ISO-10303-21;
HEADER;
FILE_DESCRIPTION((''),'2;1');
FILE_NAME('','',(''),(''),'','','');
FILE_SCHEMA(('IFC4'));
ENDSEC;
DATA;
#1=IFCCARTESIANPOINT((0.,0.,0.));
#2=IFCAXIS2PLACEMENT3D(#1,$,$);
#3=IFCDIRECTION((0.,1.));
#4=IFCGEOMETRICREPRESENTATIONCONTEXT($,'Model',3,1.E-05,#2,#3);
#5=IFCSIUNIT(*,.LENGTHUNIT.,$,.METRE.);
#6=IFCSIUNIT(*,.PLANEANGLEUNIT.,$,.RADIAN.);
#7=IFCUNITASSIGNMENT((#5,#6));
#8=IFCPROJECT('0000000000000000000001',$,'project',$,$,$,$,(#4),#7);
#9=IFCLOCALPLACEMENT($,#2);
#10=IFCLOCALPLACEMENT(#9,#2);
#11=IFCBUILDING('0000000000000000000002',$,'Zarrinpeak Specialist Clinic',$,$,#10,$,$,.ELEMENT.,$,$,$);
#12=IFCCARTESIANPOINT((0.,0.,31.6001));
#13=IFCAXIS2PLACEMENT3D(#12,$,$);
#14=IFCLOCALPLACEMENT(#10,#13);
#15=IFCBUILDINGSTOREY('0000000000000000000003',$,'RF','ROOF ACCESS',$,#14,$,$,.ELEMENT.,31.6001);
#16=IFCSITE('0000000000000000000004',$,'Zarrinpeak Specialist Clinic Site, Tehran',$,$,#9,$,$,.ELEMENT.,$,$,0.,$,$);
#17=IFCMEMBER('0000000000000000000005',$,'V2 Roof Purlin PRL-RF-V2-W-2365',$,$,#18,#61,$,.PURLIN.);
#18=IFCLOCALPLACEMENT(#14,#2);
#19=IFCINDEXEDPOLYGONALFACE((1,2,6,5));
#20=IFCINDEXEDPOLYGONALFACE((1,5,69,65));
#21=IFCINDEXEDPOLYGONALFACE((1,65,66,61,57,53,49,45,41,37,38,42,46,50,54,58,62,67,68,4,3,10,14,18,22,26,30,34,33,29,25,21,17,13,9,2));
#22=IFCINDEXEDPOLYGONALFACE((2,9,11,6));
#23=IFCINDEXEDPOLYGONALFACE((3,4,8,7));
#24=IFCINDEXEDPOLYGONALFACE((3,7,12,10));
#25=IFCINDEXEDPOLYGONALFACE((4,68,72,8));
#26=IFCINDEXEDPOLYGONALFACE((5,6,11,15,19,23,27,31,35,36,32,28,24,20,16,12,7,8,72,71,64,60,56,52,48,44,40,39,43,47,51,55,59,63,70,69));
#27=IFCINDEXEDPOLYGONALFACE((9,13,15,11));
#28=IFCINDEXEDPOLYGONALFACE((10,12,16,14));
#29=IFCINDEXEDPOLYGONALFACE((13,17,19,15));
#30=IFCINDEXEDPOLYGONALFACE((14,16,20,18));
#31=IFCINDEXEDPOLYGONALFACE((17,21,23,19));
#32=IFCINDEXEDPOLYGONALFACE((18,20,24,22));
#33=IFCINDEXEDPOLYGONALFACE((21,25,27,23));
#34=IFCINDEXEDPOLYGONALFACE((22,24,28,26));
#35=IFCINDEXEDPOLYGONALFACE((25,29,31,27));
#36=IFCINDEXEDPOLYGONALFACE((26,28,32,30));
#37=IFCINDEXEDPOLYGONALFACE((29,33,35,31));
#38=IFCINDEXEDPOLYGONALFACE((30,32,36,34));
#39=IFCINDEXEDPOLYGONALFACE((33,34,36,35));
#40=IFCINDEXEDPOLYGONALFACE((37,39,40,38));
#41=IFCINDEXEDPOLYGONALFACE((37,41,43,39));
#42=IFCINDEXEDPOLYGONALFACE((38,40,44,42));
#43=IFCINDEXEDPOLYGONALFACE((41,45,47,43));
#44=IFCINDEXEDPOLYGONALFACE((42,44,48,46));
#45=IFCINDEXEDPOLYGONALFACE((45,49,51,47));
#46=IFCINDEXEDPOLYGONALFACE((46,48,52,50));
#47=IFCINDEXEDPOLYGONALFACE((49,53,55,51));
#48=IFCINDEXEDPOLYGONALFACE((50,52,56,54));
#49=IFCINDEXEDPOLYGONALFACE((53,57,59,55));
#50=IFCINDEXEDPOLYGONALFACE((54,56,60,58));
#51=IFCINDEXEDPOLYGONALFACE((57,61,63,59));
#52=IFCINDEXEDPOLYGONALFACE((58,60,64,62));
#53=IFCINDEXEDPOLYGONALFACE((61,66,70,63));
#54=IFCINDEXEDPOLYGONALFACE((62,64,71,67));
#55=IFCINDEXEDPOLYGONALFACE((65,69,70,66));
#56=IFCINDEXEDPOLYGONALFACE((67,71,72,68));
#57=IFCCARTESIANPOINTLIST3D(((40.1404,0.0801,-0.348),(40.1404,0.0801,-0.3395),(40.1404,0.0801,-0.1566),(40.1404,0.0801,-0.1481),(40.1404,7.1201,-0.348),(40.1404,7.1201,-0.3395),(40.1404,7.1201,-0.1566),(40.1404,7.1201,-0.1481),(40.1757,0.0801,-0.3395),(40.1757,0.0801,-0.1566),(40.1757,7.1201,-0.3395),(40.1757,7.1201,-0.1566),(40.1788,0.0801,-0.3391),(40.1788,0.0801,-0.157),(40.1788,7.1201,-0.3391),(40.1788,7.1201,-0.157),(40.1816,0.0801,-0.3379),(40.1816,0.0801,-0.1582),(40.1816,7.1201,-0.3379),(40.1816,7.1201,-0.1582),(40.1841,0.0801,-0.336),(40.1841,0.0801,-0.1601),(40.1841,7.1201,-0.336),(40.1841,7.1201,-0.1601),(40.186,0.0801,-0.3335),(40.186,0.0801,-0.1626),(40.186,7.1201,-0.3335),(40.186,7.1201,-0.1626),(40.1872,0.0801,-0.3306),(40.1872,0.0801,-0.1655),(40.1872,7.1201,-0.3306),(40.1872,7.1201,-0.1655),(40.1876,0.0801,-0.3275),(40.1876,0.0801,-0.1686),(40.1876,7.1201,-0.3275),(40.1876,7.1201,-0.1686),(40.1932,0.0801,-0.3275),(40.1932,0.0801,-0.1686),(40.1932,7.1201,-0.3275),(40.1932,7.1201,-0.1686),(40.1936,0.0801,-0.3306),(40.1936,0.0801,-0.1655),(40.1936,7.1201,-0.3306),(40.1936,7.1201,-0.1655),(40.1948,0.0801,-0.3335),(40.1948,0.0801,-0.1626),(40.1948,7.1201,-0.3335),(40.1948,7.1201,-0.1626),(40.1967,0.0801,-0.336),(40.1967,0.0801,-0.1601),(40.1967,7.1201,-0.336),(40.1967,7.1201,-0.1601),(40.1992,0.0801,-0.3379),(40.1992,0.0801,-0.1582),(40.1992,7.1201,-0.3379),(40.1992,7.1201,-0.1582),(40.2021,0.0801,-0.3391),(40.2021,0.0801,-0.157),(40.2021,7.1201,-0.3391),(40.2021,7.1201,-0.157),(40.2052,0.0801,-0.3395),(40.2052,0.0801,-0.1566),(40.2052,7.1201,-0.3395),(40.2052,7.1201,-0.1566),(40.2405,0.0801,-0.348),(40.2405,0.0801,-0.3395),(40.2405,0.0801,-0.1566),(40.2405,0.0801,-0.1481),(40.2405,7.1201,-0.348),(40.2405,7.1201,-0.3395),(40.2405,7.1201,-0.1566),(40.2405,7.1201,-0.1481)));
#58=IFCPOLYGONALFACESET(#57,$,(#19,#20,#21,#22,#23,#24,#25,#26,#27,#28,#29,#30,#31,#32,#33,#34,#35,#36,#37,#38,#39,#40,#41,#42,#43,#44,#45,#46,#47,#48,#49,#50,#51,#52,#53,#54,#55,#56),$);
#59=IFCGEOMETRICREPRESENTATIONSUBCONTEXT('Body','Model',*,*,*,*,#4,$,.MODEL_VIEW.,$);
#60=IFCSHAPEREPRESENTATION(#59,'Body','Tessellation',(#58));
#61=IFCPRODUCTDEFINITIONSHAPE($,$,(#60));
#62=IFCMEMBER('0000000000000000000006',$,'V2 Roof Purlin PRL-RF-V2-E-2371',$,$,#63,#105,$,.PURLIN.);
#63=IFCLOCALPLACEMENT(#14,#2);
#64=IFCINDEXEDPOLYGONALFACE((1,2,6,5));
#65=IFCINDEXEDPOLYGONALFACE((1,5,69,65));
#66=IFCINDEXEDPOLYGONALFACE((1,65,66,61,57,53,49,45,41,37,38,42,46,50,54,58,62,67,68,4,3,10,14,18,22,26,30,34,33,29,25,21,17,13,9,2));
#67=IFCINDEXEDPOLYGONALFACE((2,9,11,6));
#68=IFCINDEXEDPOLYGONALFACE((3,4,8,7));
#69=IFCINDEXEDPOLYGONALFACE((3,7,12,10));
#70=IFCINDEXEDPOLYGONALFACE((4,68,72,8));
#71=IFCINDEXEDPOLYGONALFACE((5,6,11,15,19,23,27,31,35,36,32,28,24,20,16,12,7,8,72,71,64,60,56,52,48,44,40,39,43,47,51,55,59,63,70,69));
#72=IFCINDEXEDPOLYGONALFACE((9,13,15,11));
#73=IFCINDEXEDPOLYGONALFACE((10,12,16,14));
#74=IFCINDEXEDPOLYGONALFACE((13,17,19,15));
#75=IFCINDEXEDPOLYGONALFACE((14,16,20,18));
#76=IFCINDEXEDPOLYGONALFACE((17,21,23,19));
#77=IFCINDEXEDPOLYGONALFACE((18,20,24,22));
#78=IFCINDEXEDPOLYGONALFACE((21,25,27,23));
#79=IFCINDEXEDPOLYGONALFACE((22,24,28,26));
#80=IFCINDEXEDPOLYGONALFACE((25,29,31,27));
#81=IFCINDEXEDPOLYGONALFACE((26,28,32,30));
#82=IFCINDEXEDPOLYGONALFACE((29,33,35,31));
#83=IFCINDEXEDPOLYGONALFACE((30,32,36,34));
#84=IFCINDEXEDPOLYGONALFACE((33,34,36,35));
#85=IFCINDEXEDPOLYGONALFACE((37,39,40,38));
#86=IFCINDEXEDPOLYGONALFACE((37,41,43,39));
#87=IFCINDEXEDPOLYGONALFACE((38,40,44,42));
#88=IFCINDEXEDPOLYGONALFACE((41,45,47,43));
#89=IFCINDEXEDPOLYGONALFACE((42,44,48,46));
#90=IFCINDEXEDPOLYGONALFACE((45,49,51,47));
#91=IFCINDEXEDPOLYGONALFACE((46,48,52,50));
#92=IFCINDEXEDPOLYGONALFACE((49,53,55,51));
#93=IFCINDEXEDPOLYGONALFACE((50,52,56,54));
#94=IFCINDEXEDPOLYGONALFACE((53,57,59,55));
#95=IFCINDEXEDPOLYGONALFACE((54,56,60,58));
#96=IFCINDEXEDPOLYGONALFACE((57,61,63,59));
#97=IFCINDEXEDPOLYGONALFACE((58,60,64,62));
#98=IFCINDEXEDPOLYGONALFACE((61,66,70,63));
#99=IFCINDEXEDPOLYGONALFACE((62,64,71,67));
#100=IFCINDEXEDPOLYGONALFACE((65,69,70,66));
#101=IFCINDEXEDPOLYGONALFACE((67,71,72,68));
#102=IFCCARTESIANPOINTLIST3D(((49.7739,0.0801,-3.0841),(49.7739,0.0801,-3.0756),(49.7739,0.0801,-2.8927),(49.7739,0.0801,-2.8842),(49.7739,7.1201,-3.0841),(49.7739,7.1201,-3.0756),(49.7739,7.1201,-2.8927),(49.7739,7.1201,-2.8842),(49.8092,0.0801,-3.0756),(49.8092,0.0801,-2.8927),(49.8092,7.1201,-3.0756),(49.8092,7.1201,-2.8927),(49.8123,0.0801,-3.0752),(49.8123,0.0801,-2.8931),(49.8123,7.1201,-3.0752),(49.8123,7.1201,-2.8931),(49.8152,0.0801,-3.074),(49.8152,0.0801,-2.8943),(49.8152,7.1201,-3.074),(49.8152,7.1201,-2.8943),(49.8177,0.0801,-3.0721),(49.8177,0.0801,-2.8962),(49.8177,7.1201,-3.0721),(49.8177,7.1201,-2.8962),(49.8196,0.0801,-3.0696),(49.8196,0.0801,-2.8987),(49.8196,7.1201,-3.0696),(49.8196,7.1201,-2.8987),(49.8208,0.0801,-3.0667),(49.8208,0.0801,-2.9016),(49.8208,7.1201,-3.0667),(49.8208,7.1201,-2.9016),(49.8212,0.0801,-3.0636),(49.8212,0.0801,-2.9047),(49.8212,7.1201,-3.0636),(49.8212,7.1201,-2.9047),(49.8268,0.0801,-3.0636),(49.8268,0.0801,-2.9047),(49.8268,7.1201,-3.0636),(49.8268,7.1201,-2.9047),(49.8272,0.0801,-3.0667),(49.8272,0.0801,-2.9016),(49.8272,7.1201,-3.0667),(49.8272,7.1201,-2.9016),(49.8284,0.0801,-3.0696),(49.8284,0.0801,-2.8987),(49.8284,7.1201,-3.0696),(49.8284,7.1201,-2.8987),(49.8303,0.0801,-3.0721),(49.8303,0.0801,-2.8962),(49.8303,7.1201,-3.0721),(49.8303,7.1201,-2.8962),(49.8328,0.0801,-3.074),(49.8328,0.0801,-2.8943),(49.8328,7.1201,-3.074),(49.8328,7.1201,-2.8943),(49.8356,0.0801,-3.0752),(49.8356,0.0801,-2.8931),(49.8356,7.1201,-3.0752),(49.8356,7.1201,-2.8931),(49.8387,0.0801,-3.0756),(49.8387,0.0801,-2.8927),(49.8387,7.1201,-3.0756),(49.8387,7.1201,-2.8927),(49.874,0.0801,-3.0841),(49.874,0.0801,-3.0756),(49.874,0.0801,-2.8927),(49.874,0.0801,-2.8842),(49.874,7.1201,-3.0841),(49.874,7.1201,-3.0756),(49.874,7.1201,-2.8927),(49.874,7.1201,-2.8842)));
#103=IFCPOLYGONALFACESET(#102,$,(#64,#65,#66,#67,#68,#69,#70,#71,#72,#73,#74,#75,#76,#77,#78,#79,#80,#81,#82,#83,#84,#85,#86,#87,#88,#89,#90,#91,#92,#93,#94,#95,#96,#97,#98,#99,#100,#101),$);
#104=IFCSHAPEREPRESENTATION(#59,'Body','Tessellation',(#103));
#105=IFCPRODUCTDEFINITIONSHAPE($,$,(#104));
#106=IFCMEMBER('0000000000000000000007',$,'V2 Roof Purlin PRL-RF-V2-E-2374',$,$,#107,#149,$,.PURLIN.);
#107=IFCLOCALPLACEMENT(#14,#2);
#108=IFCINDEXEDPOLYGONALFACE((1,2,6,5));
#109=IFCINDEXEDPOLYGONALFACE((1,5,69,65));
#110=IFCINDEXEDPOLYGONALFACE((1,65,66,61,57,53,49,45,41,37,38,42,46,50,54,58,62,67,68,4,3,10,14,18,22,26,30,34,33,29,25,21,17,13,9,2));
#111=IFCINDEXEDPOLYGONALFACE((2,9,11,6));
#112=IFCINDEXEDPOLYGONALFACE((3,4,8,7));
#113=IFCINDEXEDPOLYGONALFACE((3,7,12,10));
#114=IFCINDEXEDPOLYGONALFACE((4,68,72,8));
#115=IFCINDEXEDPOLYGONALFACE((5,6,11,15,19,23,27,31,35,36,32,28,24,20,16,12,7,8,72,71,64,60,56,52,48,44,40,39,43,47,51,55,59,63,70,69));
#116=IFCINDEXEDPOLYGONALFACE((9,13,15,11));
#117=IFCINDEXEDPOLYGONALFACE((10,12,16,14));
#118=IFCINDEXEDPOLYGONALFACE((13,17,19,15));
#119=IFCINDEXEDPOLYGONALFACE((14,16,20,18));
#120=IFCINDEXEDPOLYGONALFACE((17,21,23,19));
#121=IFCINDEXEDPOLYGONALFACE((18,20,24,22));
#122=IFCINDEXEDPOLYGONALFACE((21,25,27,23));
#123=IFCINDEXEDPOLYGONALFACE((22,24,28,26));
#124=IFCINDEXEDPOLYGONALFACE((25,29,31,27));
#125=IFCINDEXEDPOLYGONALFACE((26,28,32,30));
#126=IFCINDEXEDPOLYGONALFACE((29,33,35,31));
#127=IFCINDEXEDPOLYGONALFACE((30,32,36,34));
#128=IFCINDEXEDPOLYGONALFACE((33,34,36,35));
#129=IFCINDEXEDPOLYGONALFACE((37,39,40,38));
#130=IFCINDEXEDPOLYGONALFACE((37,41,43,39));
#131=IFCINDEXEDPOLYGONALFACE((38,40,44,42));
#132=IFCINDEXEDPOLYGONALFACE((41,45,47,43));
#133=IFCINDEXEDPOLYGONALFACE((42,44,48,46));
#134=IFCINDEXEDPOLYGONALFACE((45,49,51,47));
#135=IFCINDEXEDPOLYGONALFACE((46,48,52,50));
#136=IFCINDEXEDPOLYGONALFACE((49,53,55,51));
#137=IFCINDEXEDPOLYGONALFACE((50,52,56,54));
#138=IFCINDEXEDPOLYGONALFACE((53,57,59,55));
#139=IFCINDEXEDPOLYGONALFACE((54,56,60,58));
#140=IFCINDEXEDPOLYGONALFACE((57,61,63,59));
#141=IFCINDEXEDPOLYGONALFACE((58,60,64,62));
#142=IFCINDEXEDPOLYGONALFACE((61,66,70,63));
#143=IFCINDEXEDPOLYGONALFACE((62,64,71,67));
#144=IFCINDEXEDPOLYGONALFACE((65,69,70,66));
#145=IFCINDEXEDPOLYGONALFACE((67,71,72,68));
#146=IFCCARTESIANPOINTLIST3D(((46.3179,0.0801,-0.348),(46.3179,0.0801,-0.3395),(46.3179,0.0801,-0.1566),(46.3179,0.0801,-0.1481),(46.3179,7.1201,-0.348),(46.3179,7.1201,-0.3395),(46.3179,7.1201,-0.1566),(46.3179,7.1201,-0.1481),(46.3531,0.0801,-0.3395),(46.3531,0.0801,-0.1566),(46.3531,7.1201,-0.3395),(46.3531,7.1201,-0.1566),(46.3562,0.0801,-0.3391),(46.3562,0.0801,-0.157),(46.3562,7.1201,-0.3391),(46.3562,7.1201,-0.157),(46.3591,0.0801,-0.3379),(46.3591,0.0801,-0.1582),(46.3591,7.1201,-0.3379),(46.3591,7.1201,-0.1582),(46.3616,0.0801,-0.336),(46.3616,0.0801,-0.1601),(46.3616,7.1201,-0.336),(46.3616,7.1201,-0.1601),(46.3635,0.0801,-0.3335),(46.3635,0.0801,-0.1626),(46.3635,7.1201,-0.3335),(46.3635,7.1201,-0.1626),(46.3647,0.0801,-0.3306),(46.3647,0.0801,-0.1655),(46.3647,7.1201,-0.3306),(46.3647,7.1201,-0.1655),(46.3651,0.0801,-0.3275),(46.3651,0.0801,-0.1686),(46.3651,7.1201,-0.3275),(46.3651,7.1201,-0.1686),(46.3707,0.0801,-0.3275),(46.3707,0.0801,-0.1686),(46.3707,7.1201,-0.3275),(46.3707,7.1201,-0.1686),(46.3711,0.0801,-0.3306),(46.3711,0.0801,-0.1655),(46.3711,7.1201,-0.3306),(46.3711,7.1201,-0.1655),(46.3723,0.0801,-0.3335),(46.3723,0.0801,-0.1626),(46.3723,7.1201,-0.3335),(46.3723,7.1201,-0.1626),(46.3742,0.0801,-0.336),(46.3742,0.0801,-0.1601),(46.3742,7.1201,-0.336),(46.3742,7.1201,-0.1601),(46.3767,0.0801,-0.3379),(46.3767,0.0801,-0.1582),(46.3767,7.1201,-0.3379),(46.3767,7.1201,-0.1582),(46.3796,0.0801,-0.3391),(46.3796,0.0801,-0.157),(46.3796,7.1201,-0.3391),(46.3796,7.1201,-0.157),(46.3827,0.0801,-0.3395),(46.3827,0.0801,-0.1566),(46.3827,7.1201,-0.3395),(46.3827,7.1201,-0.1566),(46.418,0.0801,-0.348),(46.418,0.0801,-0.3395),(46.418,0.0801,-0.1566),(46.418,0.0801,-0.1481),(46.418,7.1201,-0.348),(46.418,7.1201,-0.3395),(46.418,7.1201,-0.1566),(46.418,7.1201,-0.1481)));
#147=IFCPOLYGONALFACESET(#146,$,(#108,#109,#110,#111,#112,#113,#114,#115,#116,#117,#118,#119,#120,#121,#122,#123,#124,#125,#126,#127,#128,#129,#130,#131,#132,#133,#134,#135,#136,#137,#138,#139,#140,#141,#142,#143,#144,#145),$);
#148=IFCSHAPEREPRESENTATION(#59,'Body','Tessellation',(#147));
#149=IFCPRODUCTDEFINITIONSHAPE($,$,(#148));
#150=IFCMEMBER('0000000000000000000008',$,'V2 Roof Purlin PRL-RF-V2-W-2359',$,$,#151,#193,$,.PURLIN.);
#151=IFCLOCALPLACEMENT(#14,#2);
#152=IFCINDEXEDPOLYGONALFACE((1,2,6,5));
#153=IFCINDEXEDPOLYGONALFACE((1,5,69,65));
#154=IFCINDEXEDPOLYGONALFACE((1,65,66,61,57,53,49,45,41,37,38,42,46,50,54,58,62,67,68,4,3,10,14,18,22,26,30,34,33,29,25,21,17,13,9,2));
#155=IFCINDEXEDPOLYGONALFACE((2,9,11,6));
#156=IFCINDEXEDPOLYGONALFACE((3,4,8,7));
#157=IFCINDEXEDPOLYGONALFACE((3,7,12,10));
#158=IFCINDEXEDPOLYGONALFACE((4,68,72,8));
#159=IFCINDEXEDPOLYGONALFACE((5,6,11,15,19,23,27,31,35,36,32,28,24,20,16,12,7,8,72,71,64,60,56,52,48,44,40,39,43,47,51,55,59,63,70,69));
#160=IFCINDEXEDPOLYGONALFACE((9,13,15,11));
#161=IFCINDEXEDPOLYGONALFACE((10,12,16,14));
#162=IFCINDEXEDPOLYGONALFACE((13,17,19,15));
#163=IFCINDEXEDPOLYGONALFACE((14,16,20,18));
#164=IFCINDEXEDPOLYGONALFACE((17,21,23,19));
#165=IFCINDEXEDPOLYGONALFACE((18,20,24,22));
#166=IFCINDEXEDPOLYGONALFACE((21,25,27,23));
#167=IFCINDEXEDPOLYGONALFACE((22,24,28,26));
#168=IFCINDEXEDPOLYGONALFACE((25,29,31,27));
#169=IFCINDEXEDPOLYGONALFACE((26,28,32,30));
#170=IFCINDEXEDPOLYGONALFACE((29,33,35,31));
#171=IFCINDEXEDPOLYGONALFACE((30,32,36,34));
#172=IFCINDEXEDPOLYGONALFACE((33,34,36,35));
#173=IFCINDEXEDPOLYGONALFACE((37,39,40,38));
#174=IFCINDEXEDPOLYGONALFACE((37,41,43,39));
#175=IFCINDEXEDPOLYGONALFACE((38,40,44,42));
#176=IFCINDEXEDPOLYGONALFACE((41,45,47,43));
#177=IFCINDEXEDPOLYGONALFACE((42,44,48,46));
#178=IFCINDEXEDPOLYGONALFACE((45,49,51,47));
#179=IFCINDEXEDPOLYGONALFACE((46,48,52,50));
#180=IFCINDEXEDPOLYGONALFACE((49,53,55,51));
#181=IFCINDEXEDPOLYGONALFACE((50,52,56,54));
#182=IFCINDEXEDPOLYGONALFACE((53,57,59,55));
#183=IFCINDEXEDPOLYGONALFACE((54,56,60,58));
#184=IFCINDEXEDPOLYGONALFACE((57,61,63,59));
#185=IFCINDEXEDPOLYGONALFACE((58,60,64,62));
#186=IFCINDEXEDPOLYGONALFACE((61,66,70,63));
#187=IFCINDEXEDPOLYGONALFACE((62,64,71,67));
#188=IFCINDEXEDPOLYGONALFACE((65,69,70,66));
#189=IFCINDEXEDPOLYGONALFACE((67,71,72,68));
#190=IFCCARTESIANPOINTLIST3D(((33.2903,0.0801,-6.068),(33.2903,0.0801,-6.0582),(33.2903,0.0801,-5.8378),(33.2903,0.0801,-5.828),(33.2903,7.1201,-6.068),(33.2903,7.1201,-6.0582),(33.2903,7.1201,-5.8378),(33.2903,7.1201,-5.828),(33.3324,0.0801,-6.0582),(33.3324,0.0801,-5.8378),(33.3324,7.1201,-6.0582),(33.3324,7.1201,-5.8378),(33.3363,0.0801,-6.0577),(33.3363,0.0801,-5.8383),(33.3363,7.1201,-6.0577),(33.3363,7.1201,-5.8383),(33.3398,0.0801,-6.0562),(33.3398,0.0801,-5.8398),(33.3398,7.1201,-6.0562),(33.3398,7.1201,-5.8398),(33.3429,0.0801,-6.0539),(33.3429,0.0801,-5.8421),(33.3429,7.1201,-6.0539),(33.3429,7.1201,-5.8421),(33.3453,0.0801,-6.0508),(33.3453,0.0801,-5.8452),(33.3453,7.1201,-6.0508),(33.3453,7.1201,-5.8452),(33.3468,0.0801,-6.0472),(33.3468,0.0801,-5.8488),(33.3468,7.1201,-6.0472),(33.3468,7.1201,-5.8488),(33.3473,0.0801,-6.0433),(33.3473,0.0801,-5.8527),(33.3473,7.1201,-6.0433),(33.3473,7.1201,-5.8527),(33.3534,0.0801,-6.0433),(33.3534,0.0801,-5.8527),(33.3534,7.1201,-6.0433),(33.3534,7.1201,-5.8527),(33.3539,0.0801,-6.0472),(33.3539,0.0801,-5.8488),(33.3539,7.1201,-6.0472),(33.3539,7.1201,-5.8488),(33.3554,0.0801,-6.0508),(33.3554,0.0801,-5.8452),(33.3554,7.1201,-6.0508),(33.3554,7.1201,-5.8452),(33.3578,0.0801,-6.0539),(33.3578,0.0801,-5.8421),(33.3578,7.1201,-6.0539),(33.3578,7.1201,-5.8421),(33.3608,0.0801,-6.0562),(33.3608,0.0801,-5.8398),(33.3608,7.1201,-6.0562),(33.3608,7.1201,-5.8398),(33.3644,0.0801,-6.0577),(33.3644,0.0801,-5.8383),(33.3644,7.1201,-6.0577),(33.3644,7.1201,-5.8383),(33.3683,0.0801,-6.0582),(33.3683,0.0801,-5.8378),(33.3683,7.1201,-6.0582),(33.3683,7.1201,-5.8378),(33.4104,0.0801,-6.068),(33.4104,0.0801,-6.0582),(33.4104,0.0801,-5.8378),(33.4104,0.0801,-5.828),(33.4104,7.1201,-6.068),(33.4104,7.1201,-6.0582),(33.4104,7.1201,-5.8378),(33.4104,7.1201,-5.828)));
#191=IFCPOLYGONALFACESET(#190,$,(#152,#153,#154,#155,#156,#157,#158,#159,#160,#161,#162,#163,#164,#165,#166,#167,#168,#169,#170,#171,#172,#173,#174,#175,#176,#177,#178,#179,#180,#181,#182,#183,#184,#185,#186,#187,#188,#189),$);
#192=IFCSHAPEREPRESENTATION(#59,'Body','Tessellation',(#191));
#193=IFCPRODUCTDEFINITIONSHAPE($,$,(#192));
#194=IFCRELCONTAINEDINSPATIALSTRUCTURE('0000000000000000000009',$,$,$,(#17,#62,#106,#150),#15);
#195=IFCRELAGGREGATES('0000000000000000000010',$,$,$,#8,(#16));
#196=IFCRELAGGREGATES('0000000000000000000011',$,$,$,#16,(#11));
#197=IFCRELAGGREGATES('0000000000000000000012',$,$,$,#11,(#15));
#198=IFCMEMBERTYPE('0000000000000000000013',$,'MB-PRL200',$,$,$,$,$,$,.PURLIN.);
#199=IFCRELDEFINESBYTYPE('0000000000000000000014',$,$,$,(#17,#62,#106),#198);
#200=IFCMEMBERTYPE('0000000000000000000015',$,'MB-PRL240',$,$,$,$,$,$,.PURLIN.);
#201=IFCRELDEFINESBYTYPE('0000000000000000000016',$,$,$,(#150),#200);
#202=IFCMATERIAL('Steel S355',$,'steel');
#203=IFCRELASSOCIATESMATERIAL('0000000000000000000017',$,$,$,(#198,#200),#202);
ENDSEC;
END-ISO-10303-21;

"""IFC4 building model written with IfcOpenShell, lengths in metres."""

from ifc_helpers import new_model, si_unit, direction, frame, origin, origin_2d, place, context, subcontext, project, spatial, i_section, extrude, material, material_profile, profile_set, type_object, element, save


model = new_model("IFC4")

# Units and contexts
model_context = context("Model", 3, precision=1e-05, world=origin(), true_north=direction((0.0, 1.0)))
body_context = subcontext(model_context, "Body", "Model", "MODEL_VIEW")
ifc_project = project(units=[si_unit("LENGTHUNIT", "METRE"), si_unit("PLANEANGLEUNIT", "RADIAN")], contexts=[model_context])

# Site, building, storey
site_placement = place(None, origin())
site = spatial("IfcSite", under=ifc_project, at=site_placement, Name="Zarrinpeak Specialist Clinic Site, Tehran", CompositionType="ELEMENT", RefElevation=0.0)
building_placement = place(site_placement, origin())
building = spatial("IfcBuilding", under=site, at=building_placement, Name="Zarrinpeak Specialist Clinic", CompositionType="ELEMENT")
storey_placement = place(building_placement, frame((0.0, 0.0, 31.6001)))
storey = spatial("IfcBuildingStorey", under=building, at=storey_placement, Name="RF", Description="ROOF ACCESS", CompositionType="ELEMENT", Elevation=31.6001)

# Shared definitions
ifc_material_1 = material(Name="Steel S355", Category="steel")

# Members
ifc_material_profile_1 = material_profile(ifc_material_1, i_section(OverallWidth=0.1001, OverallDepth=0.2, WebThickness=0.0056, FlangeThickness=0.0085, FilletRadius=0.012, at=origin_2d()), Name="IPE 200")
ifc_profile_set_1 = profile_set([ifc_material_profile_1], Name="Steel S355")
member_type_1 = type_object("IfcMemberType", Name="MB-PRL200", PredefinedType="PURLIN", material=ifc_profile_set_1)
for number, where, z_axis, x_axis, name in (
    (1, (40.1904, 0.0801, -0.248), (0.0, 1.0, 0.0), (-1.0, 0.0, 0.0), "V2 Roof Purlin PRL-RF-V2-W-2365"),
    (2, (49.824, 0.0801, -2.9841), (0.0, 1.0, 0.0), (-1.0, 0.0, 0.0), "V2 Roof Purlin PRL-RF-V2-E-2371"),
    (3, (46.3679, 0.0801, -0.248), (0.0, 1.0, 0.0), (-1.0, 0.0, 0.0), "V2 Roof Purlin PRL-RF-V2-E-2374"),
):
    element("IfcMember", number, at=place(storey_placement, frame(where, z_axis=z_axis, x_axis=x_axis)), inside=storey, type_object=member_type_1, Name=name, PredefinedType="PURLIN", context=body_context, shape_type="SweptSolid", body=[
        extrude(i_section(OverallWidth=0.1001, OverallDepth=0.2, WebThickness=0.0056, FlangeThickness=0.0085, FilletRadius=0.012, at=origin_2d()), origin(), (0.0, 0.0, 1.0), 7.04),
    ])
ifc_material_profile_2 = material_profile(ifc_material_1, i_section(OverallWidth=0.1201, OverallDepth=0.24, WebThickness=0.0061, FlangeThickness=0.0098, FilletRadius=0.0149, at=origin_2d()), Name="IPE 240")
ifc_profile_set_2 = profile_set([ifc_material_profile_2], Name="Steel S355")
member_type_2 = type_object("IfcMemberType", Name="MB-PRL240", PredefinedType="PURLIN", material=ifc_profile_set_2)
for number, where, z_axis, x_axis, name in (
    (4, (33.3503, 0.0801, -5.948), (0.0, 1.0, 0.0), (-1.0, 0.0, 0.0), "V2 Roof Purlin PRL-RF-V2-W-2359"),
):
    element("IfcMember", number, at=place(storey_placement, frame(where, z_axis=z_axis, x_axis=x_axis)), inside=storey, type_object=member_type_2, Name=name, PredefinedType="PURLIN", context=body_context, shape_type="SweptSolid", body=[
        extrude(i_section(OverallWidth=0.1201, OverallDepth=0.24, WebThickness=0.0061, FlangeThickness=0.0098, FilletRadius=0.0149, at=origin_2d()), origin(), (0.0, 0.0, 1.0), 7.04),
    ])

save(model, "model.ifc")
